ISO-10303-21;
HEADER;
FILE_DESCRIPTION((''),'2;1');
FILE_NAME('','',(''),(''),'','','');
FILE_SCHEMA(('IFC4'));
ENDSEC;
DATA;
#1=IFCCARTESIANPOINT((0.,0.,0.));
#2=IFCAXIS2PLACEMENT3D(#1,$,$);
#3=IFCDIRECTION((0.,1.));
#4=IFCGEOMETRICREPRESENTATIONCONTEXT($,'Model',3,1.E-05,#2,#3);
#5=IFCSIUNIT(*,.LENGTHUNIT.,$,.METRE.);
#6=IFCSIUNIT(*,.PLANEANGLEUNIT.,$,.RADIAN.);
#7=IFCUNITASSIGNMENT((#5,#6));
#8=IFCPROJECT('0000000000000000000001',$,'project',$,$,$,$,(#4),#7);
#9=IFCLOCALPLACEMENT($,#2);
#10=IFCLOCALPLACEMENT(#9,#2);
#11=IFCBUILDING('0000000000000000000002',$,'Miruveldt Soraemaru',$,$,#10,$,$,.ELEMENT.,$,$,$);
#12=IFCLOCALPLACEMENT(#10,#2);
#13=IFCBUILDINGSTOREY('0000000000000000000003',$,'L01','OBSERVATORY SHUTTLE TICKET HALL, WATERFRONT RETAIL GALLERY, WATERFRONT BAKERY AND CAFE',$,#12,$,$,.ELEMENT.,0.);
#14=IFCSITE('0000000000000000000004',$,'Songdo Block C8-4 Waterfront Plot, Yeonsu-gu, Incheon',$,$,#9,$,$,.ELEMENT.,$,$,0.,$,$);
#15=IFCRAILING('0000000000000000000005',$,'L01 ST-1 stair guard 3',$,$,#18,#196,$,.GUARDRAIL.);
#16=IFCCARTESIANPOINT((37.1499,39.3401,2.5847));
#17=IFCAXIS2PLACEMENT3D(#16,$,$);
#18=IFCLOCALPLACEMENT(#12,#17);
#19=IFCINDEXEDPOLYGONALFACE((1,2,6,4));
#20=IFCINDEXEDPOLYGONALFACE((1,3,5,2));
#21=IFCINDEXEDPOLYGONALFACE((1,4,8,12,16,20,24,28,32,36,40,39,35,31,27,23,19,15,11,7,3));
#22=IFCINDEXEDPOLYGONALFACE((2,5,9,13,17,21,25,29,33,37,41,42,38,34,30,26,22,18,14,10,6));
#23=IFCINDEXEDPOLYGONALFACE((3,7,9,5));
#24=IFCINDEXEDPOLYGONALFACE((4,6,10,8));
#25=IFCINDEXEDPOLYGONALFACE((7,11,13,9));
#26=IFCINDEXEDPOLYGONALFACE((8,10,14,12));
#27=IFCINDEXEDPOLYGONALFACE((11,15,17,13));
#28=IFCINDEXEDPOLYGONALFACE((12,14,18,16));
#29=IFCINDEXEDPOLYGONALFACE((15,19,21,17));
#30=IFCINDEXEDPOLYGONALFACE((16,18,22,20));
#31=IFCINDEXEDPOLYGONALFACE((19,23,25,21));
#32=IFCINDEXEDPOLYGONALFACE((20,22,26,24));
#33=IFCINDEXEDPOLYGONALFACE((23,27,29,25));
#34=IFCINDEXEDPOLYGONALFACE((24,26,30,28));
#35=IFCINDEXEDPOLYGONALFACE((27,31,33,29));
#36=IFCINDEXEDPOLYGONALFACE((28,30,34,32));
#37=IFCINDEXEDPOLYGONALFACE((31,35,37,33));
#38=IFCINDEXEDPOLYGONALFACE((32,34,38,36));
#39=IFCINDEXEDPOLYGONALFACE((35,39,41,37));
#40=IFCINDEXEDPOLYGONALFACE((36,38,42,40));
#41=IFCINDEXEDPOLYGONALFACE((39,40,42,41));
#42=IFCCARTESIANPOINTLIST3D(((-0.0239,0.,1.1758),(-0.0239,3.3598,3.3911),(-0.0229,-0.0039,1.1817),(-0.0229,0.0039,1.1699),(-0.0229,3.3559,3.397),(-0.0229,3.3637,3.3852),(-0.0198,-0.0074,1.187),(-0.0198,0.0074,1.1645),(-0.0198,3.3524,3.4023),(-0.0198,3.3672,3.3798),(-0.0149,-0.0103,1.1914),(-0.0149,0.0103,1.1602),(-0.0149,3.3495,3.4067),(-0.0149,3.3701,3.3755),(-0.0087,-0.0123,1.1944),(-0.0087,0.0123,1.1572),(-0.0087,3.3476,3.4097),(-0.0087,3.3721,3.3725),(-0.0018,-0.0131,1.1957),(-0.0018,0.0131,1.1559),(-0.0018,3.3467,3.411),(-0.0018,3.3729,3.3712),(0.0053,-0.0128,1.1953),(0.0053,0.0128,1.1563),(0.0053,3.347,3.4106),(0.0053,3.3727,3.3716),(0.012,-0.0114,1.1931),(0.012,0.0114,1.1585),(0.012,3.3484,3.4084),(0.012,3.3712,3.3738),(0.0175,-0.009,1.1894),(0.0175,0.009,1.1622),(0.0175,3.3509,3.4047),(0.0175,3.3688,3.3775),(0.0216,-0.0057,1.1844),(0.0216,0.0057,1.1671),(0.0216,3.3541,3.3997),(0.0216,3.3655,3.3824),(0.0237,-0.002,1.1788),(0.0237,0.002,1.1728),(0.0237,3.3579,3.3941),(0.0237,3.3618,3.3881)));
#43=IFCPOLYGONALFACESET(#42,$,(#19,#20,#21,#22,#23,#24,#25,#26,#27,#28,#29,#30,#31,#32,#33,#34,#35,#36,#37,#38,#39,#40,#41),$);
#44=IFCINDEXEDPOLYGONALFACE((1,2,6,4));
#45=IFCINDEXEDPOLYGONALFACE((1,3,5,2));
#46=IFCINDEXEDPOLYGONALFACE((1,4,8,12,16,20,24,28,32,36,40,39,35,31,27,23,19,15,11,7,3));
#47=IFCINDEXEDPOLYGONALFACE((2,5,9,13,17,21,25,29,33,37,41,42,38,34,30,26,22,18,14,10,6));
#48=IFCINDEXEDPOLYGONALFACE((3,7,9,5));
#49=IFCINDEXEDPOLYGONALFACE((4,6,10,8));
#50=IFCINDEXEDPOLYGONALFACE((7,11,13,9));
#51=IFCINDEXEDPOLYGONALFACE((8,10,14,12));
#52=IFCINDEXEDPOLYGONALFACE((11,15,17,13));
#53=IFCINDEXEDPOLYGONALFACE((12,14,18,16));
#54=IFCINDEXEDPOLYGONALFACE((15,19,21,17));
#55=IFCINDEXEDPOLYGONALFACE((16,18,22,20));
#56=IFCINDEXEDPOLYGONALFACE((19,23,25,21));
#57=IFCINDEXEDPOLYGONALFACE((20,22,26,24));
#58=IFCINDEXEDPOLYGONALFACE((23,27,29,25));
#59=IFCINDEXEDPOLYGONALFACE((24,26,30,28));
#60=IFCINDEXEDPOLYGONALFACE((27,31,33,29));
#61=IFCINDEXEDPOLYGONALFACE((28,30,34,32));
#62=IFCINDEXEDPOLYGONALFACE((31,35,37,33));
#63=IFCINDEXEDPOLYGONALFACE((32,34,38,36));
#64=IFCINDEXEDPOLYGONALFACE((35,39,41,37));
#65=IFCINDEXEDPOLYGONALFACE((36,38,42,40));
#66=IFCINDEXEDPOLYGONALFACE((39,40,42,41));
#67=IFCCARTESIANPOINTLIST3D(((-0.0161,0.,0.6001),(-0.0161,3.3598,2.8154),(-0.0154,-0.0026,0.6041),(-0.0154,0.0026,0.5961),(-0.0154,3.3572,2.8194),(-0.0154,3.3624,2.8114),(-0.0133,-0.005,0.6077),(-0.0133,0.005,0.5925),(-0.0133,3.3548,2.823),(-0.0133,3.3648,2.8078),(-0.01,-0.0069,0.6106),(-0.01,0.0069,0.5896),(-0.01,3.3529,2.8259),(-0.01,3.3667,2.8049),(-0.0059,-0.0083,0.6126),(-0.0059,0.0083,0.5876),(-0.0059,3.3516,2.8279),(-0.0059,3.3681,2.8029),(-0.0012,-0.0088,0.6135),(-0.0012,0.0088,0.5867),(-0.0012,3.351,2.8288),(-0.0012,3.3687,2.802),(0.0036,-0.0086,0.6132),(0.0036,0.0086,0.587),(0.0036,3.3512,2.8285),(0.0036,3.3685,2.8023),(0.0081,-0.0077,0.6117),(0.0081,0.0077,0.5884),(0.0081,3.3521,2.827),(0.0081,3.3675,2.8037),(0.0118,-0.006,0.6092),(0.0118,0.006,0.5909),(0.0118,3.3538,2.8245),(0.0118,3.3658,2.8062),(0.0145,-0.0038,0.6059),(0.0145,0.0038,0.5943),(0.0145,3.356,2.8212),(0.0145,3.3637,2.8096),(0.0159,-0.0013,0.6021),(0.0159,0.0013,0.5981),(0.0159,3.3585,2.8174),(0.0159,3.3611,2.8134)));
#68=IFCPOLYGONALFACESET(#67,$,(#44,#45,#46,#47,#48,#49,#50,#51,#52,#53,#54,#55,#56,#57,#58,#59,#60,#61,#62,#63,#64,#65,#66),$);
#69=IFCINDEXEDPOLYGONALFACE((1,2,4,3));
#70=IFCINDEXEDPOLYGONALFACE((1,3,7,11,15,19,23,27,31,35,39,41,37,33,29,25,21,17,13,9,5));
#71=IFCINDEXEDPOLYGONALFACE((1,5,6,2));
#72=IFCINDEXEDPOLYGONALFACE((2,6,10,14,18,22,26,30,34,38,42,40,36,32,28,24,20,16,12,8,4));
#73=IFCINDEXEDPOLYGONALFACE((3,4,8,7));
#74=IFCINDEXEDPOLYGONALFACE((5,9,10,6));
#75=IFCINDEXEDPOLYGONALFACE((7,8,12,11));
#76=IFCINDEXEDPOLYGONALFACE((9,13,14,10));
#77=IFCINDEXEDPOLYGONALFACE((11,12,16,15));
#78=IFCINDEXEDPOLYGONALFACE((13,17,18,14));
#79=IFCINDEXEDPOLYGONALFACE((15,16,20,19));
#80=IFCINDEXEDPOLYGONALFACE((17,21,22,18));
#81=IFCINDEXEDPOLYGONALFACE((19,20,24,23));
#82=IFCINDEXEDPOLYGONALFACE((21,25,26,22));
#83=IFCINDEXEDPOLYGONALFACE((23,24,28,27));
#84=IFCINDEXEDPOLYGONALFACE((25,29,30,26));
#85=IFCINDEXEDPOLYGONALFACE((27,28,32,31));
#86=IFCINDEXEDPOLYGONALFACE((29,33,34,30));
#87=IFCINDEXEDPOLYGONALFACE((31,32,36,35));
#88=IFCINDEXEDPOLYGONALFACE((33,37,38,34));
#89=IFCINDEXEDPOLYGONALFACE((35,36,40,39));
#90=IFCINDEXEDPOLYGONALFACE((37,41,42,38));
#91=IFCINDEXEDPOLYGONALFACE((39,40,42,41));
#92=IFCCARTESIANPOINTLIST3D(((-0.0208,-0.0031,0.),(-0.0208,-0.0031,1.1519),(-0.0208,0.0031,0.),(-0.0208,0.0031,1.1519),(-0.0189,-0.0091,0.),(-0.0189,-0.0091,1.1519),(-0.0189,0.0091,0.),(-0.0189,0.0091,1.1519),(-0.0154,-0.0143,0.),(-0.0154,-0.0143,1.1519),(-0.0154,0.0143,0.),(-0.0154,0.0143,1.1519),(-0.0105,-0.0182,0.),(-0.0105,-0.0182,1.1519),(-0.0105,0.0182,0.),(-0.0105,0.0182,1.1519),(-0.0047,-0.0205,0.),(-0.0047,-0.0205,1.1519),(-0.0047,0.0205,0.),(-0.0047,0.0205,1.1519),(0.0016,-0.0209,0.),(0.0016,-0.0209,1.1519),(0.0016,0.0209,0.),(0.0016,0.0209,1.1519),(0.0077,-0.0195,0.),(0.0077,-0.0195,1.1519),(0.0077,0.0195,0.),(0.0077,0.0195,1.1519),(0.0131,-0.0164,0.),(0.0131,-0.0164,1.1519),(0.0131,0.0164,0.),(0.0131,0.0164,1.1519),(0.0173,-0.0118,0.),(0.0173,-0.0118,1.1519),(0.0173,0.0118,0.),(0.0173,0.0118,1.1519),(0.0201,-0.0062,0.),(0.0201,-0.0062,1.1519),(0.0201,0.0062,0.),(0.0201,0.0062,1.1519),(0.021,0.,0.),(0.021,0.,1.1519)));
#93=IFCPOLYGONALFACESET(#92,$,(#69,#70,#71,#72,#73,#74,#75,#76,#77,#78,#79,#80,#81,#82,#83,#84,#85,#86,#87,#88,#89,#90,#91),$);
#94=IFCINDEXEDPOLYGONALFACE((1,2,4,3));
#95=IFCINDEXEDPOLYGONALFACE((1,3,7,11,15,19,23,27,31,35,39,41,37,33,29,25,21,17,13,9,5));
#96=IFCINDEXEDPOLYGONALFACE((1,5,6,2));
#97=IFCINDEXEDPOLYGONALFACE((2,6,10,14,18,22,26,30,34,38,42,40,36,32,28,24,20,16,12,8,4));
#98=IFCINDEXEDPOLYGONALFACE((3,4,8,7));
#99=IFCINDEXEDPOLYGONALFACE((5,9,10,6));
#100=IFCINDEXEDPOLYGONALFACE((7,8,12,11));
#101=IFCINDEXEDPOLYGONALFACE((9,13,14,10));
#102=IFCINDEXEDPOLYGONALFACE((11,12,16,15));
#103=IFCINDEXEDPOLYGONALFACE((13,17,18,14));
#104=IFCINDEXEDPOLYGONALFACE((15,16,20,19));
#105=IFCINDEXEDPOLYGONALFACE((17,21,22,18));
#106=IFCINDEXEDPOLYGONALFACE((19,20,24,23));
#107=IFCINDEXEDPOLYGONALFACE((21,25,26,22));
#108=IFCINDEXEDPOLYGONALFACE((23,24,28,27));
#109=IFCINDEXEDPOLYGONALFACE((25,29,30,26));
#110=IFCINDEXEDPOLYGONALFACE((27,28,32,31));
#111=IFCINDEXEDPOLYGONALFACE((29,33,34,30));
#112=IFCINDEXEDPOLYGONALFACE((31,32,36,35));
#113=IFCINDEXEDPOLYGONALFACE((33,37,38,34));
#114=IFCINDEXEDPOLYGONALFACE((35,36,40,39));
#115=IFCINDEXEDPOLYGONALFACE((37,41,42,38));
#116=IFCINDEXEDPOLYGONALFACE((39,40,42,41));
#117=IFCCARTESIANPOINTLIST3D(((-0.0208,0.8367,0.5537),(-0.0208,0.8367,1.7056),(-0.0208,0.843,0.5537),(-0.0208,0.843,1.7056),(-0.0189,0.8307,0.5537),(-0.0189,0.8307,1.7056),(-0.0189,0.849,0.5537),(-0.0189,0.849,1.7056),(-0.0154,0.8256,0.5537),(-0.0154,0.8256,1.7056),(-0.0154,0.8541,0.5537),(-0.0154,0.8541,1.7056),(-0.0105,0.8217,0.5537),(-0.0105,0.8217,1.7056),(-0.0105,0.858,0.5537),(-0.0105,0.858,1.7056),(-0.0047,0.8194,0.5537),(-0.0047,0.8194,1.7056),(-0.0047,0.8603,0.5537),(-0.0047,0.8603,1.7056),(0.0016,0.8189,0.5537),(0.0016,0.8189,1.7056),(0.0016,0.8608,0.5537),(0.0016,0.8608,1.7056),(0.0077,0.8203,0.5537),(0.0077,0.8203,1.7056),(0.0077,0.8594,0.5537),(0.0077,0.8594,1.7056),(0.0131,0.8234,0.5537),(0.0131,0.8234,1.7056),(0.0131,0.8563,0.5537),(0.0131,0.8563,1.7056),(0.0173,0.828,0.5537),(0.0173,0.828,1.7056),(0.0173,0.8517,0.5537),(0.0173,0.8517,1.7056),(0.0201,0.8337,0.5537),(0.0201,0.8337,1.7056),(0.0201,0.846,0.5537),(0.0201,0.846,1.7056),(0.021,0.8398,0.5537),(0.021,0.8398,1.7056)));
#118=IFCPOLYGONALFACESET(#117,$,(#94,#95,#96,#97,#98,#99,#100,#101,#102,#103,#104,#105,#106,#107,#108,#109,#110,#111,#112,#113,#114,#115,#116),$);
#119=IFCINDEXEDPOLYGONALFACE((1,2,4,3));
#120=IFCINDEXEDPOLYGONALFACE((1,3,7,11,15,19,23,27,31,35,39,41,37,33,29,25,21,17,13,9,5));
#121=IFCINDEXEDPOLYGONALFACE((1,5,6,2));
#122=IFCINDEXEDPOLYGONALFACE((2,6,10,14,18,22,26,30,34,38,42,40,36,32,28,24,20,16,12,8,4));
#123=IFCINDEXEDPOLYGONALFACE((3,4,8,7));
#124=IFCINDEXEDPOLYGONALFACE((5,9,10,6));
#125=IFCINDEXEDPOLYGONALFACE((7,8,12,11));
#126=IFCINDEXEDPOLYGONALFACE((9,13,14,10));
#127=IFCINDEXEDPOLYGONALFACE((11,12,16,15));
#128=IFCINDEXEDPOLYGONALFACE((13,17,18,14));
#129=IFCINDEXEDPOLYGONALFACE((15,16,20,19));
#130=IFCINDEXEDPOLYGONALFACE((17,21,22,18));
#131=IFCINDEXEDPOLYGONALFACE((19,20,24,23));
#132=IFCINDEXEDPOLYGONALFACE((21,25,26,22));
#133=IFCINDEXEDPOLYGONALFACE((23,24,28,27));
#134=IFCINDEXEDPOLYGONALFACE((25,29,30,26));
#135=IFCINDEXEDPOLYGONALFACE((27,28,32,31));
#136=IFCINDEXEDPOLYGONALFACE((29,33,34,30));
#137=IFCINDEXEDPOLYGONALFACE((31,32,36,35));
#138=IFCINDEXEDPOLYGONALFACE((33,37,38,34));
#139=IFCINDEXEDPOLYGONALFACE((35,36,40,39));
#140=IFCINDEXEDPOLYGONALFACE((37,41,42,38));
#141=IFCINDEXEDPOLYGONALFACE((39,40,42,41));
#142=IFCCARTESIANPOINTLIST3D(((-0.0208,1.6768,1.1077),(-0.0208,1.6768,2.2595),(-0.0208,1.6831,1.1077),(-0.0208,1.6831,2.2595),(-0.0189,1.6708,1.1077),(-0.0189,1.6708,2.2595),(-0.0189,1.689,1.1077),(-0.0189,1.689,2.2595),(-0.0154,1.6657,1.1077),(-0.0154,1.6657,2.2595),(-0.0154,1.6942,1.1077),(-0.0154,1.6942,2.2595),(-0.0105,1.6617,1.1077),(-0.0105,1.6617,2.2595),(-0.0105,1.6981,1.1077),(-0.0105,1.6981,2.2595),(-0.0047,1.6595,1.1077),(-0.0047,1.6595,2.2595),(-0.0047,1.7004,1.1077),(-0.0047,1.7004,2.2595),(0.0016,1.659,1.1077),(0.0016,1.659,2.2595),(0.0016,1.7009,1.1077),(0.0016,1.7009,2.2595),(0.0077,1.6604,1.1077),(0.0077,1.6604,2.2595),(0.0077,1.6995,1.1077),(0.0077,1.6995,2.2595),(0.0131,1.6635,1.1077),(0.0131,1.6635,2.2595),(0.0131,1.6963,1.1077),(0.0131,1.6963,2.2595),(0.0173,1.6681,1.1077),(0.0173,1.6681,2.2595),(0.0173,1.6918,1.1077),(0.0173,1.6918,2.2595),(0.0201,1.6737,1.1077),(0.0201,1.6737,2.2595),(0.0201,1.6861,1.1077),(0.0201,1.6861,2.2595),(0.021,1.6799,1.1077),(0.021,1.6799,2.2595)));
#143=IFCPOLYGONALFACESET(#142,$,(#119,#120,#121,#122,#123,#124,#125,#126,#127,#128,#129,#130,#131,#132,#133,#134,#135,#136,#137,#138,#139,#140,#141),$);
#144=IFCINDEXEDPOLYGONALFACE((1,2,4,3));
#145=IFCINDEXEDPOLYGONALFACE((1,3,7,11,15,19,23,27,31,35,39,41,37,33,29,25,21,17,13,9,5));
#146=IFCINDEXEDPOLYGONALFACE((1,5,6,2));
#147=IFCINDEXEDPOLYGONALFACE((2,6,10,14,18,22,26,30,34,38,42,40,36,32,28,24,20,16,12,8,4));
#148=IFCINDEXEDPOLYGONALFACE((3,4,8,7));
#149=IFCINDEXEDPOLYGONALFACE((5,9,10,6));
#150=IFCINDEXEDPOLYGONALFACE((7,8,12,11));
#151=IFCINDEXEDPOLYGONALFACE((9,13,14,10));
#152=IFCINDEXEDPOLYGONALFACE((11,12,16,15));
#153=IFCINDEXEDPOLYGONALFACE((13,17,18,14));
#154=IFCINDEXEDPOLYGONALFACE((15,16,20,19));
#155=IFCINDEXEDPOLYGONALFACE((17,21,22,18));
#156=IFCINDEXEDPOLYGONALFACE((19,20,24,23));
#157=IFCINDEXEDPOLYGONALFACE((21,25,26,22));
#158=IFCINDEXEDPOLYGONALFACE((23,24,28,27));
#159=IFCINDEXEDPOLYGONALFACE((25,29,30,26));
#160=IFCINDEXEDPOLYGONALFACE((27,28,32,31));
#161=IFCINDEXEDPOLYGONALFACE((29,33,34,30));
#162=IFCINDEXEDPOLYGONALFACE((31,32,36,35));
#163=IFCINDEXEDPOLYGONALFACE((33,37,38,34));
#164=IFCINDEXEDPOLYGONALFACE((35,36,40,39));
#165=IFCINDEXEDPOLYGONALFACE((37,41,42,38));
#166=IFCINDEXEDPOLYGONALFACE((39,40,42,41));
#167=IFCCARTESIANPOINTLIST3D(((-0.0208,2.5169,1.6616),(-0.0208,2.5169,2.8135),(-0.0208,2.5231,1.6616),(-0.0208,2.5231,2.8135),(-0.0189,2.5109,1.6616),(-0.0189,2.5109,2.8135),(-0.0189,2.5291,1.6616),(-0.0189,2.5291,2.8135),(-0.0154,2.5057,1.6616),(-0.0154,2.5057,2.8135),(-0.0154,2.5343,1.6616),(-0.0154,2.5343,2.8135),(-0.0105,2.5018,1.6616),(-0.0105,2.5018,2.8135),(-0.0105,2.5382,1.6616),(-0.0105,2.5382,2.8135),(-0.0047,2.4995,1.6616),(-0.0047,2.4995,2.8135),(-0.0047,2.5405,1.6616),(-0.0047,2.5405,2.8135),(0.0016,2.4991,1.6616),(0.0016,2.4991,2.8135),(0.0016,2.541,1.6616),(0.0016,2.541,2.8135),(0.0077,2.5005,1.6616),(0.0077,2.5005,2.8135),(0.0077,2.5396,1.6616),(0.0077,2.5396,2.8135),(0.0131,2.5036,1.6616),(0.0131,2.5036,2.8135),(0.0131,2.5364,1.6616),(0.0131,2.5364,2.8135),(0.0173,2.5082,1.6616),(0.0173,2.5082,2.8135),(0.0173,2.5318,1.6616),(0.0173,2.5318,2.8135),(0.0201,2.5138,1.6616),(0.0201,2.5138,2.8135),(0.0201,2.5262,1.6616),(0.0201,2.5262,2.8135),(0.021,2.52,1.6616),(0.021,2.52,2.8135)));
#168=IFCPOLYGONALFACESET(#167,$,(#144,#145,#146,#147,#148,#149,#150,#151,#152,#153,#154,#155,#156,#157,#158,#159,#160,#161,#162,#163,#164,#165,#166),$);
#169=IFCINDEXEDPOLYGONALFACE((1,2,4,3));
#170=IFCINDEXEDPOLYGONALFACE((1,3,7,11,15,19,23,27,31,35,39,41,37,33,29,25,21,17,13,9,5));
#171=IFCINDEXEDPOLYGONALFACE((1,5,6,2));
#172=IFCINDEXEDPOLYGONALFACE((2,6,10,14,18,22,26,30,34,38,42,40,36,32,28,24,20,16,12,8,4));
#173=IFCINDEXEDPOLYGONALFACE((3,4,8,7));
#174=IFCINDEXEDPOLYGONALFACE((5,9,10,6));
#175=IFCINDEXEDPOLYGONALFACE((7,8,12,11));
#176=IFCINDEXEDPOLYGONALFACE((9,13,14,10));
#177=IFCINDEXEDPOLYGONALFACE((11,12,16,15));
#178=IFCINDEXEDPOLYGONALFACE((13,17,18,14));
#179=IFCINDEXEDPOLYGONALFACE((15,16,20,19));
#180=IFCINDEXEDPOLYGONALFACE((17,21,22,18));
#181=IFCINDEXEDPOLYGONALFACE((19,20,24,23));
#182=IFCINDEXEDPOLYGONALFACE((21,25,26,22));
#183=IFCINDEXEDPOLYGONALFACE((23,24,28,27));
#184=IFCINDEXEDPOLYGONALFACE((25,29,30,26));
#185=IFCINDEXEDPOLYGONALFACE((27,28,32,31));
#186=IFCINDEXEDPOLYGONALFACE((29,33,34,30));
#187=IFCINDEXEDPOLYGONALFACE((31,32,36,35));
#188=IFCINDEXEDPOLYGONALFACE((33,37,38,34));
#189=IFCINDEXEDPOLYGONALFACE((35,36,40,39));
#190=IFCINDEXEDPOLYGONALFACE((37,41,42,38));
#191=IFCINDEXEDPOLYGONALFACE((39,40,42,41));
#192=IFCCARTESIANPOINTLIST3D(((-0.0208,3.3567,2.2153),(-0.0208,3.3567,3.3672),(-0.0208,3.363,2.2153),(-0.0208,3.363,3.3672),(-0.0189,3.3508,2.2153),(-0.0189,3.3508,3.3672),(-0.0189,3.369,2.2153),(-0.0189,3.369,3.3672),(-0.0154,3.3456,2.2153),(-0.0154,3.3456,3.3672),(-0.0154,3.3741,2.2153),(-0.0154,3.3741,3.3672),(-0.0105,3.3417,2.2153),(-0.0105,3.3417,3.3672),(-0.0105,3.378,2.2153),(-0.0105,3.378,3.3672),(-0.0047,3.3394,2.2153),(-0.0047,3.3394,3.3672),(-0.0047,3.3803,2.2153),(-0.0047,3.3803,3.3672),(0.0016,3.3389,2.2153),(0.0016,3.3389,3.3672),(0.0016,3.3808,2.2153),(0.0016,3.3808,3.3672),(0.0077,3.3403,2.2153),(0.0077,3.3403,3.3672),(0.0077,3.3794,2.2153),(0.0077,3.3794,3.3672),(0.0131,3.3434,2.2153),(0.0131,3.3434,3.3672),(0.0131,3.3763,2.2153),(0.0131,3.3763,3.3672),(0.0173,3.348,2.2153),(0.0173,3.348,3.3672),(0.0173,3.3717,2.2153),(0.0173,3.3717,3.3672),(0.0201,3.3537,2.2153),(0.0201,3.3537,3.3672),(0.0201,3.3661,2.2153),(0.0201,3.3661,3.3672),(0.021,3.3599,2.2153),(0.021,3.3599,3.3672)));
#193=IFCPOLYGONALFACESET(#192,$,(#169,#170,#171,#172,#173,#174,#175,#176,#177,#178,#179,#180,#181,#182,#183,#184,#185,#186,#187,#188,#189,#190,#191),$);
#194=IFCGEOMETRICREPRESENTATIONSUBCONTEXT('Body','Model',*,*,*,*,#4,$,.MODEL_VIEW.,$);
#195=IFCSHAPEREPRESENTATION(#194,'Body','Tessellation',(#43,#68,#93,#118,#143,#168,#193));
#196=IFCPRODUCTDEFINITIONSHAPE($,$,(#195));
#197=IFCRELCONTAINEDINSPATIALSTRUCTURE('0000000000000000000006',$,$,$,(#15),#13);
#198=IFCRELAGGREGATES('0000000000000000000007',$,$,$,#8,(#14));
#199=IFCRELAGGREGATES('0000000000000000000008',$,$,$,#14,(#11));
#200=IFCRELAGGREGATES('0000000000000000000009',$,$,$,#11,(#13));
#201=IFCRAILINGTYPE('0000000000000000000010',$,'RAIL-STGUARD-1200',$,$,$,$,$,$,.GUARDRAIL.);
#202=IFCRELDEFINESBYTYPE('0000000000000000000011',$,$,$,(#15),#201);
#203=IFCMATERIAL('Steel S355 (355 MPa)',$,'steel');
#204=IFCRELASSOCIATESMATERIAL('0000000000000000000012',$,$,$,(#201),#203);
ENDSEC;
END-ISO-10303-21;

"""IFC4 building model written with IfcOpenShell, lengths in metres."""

from ifc_helpers import new_model, si_unit, direction, frame, origin, origin_2d, place, context, subcontext, project, spatial, circle, extrude, material, type_object, element, save


model = new_model("IFC4")

# Units and contexts
model_context = context("Model", 3, precision=1e-05, world=origin(), true_north=direction((0.0, 1.0)))
body_context = subcontext(model_context, "Body", "Model", "MODEL_VIEW")
ifc_project = project(units=[si_unit("LENGTHUNIT", "METRE"), si_unit("PLANEANGLEUNIT", "RADIAN")], contexts=[model_context])

# Site, building, storey
site_placement = place(None, origin())
site = spatial("IfcSite", under=ifc_project, at=site_placement, Name="Songdo Block C8-4 Waterfront Plot, Yeonsu-gu, Incheon", CompositionType="ELEMENT", RefElevation=0.0)
building_placement = place(site_placement, origin())
building = spatial("IfcBuilding", under=site, at=building_placement, Name="Miruveldt Soraemaru", CompositionType="ELEMENT")
storey_placement = place(building_placement, origin())
storey = spatial("IfcBuildingStorey", under=building, at=storey_placement, Name="L01", Description="OBSERVATORY SHUTTLE TICKET HALL, WATERFRONT RETAIL GALLERY, WATERFRONT BAKERY AND CAFE", CompositionType="ELEMENT", Elevation=0.0)

# Railing
ifc_material_1 = material(Name="Steel S355 (355 MPa)", Category="steel")
railing_type = type_object("IfcRailingType", Name="RAIL-STGUARD-1200", PredefinedType="GUARDRAIL", material=ifc_material_1)
railing_1_placement = place(storey_placement, frame((37.1499, 39.3401, 2.5847)))
element("IfcRailing", 1, at=railing_1_placement, inside=storey, type_object=railing_type, Name="L01 ST-1 stair guard 3", PredefinedType="GUARDRAIL", context=body_context, shape_type="SweptSolid", body=[
    extrude(circle(Radius=0.0239, at=origin_2d()), frame((0.0, 0.0, 1.1758), z_axis=(0.0, 0.834858, 0.550465), x_axis=(-1.0, 0.0, 0.0)), (0.0, 0.0, 1.0), 4.0244),
    extrude(circle(Radius=0.0161, at=origin_2d()), frame((0.0, 0.0, 0.6001), z_axis=(0.0, 0.834858, 0.550465), x_axis=(-1.0, 0.0, 0.0)), (0.0, 0.0, 1.0), 4.0244),
    extrude(circle(Radius=0.021, at=origin_2d()), origin(), (0.0, 0.0, 1.0), 1.1519),
    extrude(circle(Radius=0.021, at=origin_2d()), frame((0.0, 0.8398, 0.5537)), (0.0, 0.0, 1.0), 1.1519),
    extrude(circle(Radius=0.021, at=origin_2d()), frame((0.0, 1.6799, 1.1077)), (0.0, 0.0, 1.0), 1.1519),
    extrude(circle(Radius=0.021, at=origin_2d()), frame((0.0, 2.52, 1.6616)), (0.0, 0.0, 1.0), 1.1519),
    extrude(circle(Radius=0.021, at=origin_2d()), frame((0.0, 3.3599, 2.2153)), (0.0, 0.0, 1.0), 1.1519),
])

save(model, "model.ifc")
